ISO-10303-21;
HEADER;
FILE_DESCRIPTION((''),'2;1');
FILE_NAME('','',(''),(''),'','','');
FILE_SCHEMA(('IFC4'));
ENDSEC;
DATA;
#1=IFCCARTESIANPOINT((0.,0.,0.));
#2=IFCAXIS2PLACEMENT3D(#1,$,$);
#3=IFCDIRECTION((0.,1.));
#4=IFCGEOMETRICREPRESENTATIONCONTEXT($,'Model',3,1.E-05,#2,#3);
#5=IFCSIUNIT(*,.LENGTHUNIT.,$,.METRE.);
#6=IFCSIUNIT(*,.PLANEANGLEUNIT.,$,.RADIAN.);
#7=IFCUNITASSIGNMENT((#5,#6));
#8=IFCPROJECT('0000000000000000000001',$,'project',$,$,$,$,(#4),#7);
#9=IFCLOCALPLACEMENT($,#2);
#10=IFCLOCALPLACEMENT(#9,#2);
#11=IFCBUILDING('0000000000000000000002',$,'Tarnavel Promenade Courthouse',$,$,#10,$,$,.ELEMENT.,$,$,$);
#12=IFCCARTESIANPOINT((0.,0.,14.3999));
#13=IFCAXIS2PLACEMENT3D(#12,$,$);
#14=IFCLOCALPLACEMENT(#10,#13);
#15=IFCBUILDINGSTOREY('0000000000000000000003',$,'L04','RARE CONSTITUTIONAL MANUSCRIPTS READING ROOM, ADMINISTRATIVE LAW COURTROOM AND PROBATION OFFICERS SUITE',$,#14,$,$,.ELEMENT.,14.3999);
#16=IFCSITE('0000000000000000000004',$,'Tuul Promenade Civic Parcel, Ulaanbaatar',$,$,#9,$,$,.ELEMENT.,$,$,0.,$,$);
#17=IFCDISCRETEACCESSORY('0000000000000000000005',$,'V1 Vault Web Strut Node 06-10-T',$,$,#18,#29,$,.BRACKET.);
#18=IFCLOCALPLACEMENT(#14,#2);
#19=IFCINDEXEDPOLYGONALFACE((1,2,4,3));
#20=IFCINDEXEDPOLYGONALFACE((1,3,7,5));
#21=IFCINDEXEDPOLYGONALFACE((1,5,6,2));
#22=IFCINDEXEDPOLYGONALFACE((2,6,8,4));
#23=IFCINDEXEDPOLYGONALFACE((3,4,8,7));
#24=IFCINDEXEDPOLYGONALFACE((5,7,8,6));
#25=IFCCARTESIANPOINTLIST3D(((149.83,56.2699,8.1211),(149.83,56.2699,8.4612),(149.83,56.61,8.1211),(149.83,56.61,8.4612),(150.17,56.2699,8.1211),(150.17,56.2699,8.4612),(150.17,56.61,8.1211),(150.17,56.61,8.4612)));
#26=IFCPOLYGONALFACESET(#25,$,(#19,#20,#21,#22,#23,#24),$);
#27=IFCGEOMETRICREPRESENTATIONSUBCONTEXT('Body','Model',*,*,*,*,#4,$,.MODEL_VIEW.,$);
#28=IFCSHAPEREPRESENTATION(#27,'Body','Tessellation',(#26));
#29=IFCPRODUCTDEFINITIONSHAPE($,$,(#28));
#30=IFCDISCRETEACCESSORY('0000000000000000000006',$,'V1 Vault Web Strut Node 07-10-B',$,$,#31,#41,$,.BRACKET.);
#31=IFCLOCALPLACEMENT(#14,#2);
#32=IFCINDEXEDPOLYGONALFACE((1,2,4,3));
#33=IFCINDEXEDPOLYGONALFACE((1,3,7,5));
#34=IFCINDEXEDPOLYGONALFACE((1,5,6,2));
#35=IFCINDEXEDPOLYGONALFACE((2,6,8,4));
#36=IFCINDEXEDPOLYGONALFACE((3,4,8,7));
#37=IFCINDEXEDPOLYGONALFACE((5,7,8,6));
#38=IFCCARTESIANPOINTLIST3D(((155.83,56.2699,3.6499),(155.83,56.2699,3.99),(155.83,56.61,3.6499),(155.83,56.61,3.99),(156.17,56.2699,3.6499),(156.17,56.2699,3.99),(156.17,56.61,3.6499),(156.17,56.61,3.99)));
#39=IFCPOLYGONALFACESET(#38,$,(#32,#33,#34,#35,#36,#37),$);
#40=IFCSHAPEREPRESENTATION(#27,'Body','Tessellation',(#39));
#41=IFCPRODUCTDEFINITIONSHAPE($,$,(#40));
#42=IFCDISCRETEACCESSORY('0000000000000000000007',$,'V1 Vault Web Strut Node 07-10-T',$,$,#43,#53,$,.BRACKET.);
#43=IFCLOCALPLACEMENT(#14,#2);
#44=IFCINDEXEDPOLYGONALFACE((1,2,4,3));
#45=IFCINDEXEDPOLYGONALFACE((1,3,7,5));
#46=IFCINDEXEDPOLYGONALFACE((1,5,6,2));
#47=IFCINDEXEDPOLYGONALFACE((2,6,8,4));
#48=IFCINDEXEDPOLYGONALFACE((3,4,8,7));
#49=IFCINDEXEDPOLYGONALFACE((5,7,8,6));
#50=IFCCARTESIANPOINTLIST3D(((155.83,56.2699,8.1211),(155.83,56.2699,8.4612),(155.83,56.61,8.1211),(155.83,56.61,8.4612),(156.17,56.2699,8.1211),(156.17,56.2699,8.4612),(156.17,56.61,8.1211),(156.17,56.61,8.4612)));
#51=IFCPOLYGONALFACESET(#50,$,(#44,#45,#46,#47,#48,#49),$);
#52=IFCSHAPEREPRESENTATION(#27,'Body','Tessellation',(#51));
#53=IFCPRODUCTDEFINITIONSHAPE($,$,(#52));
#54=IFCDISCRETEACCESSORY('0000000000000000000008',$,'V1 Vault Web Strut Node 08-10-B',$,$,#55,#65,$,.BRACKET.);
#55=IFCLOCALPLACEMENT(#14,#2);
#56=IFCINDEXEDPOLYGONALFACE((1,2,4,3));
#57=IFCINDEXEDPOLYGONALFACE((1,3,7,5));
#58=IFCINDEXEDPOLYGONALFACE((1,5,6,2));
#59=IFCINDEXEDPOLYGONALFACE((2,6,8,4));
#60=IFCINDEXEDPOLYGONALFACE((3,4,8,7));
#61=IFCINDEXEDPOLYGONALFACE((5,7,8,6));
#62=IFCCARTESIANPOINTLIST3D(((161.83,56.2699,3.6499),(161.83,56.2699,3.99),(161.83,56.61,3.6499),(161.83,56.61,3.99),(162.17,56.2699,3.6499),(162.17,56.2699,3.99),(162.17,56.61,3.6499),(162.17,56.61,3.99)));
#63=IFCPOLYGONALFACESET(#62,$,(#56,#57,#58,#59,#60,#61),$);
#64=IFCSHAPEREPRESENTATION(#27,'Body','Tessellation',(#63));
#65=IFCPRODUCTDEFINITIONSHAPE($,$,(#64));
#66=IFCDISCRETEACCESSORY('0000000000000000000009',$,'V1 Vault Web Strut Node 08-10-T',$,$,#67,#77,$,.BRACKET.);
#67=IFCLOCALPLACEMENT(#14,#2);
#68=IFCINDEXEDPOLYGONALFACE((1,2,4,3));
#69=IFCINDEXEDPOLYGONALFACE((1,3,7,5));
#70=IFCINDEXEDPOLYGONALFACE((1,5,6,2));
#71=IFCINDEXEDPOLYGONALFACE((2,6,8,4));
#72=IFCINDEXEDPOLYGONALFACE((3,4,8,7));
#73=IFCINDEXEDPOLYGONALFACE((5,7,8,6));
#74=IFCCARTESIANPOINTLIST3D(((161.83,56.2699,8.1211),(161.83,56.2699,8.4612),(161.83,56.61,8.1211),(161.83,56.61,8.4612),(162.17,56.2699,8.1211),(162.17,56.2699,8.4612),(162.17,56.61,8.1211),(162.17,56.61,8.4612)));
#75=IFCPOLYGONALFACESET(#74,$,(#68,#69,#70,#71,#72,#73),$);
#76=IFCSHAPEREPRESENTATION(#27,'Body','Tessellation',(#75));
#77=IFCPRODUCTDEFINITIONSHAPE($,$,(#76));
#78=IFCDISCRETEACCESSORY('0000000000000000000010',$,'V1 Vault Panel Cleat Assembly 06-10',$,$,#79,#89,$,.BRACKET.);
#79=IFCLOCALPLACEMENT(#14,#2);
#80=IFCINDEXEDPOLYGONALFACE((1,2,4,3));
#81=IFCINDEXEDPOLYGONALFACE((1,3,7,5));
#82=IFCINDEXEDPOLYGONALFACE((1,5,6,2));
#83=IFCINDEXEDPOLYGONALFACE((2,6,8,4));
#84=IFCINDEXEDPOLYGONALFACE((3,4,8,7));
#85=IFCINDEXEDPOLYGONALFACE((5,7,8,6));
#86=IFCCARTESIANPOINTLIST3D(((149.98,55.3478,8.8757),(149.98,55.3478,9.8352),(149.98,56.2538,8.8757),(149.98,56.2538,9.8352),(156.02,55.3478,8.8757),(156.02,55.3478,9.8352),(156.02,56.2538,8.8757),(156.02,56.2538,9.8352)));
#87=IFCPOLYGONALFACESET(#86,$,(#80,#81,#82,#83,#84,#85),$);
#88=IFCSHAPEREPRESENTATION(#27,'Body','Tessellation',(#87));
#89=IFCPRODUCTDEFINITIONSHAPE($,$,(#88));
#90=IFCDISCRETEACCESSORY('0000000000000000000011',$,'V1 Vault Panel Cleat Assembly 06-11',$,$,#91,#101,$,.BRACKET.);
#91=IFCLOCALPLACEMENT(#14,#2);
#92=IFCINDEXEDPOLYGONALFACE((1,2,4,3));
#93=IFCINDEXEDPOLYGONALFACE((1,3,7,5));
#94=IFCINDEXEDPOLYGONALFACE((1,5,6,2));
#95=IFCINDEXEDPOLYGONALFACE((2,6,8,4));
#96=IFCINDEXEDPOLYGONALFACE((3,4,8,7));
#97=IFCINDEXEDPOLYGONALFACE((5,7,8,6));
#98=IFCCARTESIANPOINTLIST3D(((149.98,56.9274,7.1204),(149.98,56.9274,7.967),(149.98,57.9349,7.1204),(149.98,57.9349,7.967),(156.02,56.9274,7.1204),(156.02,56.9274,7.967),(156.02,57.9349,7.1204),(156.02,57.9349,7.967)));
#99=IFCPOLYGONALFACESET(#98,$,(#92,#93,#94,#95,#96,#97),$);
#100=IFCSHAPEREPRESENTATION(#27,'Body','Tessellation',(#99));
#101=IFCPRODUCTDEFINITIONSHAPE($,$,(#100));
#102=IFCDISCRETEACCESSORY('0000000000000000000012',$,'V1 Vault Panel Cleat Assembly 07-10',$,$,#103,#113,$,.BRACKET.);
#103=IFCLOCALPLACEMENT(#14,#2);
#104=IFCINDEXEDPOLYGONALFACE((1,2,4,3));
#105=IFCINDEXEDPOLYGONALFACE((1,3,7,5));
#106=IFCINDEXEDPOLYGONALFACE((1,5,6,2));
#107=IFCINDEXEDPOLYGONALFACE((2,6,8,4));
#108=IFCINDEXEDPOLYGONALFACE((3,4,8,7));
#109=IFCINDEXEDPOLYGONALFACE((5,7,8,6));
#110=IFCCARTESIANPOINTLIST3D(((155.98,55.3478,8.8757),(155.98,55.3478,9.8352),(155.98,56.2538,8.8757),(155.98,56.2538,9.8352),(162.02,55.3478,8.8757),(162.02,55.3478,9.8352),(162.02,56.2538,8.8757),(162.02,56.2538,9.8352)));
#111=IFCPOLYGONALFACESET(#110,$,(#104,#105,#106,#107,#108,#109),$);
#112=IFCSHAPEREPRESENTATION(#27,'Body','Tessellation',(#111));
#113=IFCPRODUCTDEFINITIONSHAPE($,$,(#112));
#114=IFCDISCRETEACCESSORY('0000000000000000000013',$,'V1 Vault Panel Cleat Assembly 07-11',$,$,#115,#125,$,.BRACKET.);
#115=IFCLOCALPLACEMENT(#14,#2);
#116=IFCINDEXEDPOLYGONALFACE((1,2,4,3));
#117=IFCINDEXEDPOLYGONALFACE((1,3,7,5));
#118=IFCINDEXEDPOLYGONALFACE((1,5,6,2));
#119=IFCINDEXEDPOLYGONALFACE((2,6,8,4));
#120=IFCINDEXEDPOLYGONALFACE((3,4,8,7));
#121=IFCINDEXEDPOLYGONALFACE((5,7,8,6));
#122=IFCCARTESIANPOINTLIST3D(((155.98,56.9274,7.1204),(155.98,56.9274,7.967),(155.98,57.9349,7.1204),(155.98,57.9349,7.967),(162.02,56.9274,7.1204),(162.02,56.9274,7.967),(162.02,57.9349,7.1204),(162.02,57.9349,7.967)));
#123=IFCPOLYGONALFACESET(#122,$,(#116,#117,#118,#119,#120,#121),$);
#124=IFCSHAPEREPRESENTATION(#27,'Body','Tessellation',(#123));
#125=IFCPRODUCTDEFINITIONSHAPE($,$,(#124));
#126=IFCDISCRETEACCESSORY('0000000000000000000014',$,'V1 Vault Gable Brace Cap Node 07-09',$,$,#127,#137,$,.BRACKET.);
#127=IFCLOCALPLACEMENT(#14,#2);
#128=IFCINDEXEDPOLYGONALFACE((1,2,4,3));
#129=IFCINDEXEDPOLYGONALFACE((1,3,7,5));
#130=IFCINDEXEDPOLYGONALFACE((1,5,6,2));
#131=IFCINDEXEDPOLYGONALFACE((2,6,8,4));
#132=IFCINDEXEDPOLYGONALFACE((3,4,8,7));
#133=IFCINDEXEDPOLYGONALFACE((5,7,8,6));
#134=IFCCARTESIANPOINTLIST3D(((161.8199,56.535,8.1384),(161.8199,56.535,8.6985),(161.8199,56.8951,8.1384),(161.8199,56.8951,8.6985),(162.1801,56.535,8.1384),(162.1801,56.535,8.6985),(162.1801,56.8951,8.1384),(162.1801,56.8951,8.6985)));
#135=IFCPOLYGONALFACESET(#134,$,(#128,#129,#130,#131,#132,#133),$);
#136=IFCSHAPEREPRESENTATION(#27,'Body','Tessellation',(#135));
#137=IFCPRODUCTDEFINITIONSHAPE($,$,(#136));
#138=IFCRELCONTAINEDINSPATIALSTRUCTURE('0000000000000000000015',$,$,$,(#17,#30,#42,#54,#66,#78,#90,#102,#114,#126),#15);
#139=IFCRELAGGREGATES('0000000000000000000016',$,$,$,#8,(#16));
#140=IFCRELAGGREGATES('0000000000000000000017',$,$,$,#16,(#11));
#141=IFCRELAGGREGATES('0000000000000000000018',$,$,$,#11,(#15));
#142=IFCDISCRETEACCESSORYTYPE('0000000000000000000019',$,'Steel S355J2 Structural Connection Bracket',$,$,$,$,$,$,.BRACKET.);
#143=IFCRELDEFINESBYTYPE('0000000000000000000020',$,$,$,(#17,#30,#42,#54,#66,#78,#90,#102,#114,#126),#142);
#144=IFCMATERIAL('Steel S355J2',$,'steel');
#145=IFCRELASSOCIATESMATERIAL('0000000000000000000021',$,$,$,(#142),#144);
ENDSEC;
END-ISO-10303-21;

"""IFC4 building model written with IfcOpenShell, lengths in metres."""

from ifc_helpers import new_model, si_unit, direction, frame, origin, origin_2d, place, context, subcontext, project, spatial, rectangle, extrude, material, type_object, element, save


model = new_model("IFC4")

# Units and contexts
model_context = context("Model", 3, precision=1e-05, world=origin(), true_north=direction((0.0, 1.0)))
body_context = subcontext(model_context, "Body", "Model", "MODEL_VIEW")
ifc_project = project(units=[si_unit("LENGTHUNIT", "METRE"), si_unit("PLANEANGLEUNIT", "RADIAN")], contexts=[model_context])

# Site, building, storey
site_placement = place(None, origin())
site = spatial("IfcSite", under=ifc_project, at=site_placement, Name="Tuul Promenade Civic Parcel, Ulaanbaatar", CompositionType="ELEMENT", RefElevation=0.0)
building_placement = place(site_placement, origin())
building = spatial("IfcBuilding", under=site, at=building_placement, Name="Tarnavel Promenade Courthouse", CompositionType="ELEMENT")
storey_placement = place(building_placement, frame((0.0, 0.0, 14.3999)))
storey = spatial("IfcBuildingStorey", under=building, at=storey_placement, Name="L04", Description="RARE CONSTITUTIONAL MANUSCRIPTS READING ROOM, ADMINISTRATIVE LAW COURTROOM AND PROBATION OFFICERS SUITE", CompositionType="ELEMENT", Elevation=14.3999)

# Shared definitions
ifc_material_1 = material(Name="Steel S355J2", Category="steel")

# Discrete accessories
discrete_accessory_type = type_object("IfcDiscreteAccessoryType", Name="Steel S355J2 Structural Connection Bracket", PredefinedType="BRACKET", material=ifc_material_1)
for number, where, z_axis, x_axis, name in (
    (1, (150.0, 56.4399, 8.1211), (0.0, 0.0, 1.0), (1.0, 0.0, 0.0), "V1 Vault Web Strut Node 06-10-T"),
    (2, (156.0, 56.4399, 3.6499), (0.0, 0.0, 1.0), (1.0, 0.0, 0.0), "V1 Vault Web Strut Node 07-10-B"),
    (3, (156.0, 56.4399, 8.1211), (0.0, 0.0, 1.0), (1.0, 0.0, 0.0), "V1 Vault Web Strut Node 07-10-T"),
    (4, (162.0, 56.4399, 3.6499), (0.0, 0.0, 1.0), (1.0, 0.0, 0.0), "V1 Vault Web Strut Node 08-10-B"),
    (5, (162.0, 56.4399, 8.1211), (0.0, 0.0, 1.0), (1.0, 0.0, 0.0), "V1 Vault Web Strut Node 08-10-T"),
):
    element("IfcDiscreteAccessory", number, at=place(storey_placement, frame(where, z_axis=z_axis, x_axis=x_axis)), inside=storey, type_object=discrete_accessory_type, Name=name, PredefinedType="BRACKET", context=body_context, shape_type="SweptSolid", body=[
        extrude(rectangle(XDim=0.3401, YDim=0.3401, at=origin_2d()), origin(), (0.0, 0.0, 1.0), 0.3401),
    ])
discrete_accessory_1_placement = place(storey_placement, frame((153.0, 55.8008, 8.8757), z_axis=(0.0, 0.0, 1.0), x_axis=(1.0, 0.0, 0.0)))
element("IfcDiscreteAccessory", 6, at=discrete_accessory_1_placement, inside=storey, type_object=discrete_accessory_type, Name="V1 Vault Panel Cleat Assembly 06-10", PredefinedType="BRACKET", context=body_context, shape_type="SweptSolid", body=[
    extrude(rectangle(XDim=6.04, YDim=0.906, at=origin_2d()), origin(), (0.0, 0.0, 1.0), 0.9595),
])
discrete_accessory_2_placement = place(storey_placement, frame((153.0, 57.4312, 7.1204), z_axis=(0.0, 0.0, 1.0), x_axis=(1.0, 0.0, 0.0)))
element("IfcDiscreteAccessory", 7, at=discrete_accessory_2_placement, inside=storey, type_object=discrete_accessory_type, Name="V1 Vault Panel Cleat Assembly 06-11", PredefinedType="BRACKET", context=body_context, shape_type="SweptSolid", body=[
    extrude(rectangle(XDim=6.04, YDim=1.0076, at=origin_2d()), origin(), (0.0, 0.0, 1.0), 0.8467),
])
discrete_accessory_3_placement = place(storey_placement, frame((159.0, 55.8008, 8.8757), z_axis=(0.0, 0.0, 1.0), x_axis=(1.0, 0.0, 0.0)))
element("IfcDiscreteAccessory", 8, at=discrete_accessory_3_placement, inside=storey, type_object=discrete_accessory_type, Name="V1 Vault Panel Cleat Assembly 07-10", PredefinedType="BRACKET", context=body_context, shape_type="SweptSolid", body=[
    extrude(rectangle(XDim=6.04, YDim=0.906, at=origin_2d()), origin(), (0.0, 0.0, 1.0), 0.9595),
])
discrete_accessory_4_placement = place(storey_placement, frame((159.0, 57.4312, 7.1204), z_axis=(0.0, 0.0, 1.0), x_axis=(1.0, 0.0, 0.0)))
element("IfcDiscreteAccessory", 9, at=discrete_accessory_4_placement, inside=storey, type_object=discrete_accessory_type, Name="V1 Vault Panel Cleat Assembly 07-11", PredefinedType="BRACKET", context=body_context, shape_type="SweptSolid", body=[
    extrude(rectangle(XDim=6.04, YDim=1.0076, at=origin_2d()), origin(), (0.0, 0.0, 1.0), 0.8467),
])
discrete_accessory_5_placement = place(storey_placement, frame((162.0, 56.7151, 8.1384), z_axis=(0.0, 0.0, 1.0), x_axis=(1.0, 0.0, 0.0)))
element("IfcDiscreteAccessory", 10, at=discrete_accessory_5_placement, inside=storey, type_object=discrete_accessory_type, Name="V1 Vault Gable Brace Cap Node 07-09", PredefinedType="BRACKET", context=body_context, shape_type="SweptSolid", body=[
    extrude(rectangle(XDim=0.3601, YDim=0.3601, at=origin_2d()), origin(), (0.0, 0.0, 1.0), 0.5601),
])

save(model, "model.ifc")
